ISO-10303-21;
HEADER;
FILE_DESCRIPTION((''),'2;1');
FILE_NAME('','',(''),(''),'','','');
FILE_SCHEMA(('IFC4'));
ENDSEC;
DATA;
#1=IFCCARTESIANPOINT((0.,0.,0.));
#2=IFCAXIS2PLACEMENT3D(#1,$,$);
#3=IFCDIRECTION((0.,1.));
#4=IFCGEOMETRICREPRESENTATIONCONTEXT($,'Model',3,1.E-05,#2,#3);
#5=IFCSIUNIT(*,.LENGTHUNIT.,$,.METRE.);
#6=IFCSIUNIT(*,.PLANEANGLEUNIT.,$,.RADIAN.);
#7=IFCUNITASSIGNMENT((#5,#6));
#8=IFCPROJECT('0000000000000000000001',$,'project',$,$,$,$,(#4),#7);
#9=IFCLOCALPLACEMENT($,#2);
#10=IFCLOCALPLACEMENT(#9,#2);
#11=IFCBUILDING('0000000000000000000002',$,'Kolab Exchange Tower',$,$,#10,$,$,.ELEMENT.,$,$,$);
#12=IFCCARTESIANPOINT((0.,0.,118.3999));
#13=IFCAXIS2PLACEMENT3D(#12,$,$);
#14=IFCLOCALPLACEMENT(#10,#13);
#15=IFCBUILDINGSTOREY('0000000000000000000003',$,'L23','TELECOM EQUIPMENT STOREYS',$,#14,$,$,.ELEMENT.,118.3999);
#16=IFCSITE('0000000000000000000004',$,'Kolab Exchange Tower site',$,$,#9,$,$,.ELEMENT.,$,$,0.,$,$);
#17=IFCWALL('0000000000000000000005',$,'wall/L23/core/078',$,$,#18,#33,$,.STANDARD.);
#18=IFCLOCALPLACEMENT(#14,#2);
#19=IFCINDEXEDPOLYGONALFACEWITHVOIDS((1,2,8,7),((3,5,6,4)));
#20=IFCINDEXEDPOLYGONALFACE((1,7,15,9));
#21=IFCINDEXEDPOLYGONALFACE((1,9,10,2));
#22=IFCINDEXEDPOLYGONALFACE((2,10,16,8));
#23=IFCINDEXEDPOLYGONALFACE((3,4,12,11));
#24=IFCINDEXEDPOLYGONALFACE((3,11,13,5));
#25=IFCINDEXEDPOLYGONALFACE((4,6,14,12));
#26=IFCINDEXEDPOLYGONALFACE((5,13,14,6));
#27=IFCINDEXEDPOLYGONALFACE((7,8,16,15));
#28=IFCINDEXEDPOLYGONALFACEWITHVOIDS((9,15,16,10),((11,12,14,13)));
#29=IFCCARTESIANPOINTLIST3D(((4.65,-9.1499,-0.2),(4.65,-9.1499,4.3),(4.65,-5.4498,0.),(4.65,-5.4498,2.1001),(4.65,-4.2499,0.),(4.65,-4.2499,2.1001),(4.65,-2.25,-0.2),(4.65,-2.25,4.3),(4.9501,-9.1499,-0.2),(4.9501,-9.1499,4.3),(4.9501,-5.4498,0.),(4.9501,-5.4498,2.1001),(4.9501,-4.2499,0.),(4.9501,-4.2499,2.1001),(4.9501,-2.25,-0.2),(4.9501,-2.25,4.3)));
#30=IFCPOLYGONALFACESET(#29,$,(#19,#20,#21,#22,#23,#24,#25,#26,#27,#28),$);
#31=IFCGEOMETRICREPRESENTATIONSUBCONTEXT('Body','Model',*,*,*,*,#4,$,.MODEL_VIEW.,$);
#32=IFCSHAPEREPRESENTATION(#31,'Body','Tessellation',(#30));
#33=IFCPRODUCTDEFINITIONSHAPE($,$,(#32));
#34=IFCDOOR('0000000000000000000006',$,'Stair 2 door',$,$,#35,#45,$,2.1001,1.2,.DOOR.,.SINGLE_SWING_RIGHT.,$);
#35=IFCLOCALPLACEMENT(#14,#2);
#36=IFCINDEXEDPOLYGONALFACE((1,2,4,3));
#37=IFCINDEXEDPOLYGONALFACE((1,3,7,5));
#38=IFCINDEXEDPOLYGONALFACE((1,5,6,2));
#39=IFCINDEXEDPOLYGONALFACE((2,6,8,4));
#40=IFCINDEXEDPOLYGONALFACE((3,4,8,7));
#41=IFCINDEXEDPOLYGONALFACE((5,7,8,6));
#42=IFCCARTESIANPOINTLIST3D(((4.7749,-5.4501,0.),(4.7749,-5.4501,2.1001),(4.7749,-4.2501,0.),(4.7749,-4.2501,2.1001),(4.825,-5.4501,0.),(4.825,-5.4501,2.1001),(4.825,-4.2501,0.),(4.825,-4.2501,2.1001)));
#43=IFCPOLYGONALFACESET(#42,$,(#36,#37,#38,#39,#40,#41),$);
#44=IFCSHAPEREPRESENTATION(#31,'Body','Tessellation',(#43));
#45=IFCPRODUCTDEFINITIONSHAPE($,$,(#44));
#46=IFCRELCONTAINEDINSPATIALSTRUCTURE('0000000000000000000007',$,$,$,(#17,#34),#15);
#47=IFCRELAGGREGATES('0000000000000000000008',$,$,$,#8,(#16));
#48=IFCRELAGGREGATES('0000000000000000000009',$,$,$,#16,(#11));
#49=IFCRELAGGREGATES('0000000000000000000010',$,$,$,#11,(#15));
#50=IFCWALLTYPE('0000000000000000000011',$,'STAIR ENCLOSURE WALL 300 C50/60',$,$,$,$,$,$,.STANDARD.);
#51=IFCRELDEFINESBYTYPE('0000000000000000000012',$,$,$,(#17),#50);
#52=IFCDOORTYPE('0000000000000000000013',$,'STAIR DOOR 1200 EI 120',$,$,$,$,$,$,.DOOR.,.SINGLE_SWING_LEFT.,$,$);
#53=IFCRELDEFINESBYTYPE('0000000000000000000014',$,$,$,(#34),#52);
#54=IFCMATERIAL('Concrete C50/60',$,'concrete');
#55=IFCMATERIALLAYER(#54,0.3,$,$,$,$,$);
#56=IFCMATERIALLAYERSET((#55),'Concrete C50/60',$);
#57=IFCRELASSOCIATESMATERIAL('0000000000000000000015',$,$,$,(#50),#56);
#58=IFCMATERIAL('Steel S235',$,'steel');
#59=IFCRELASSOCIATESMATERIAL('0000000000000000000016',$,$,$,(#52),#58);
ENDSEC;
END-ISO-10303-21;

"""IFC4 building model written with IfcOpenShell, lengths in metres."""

from ifc_helpers import new_model, si_unit, direction, frame, frame_2d, origin, place, context, subcontext, project, spatial, rectangle, extrude, material, layer, layer_set, type_object, element, fill, save


model = new_model("IFC4")

# Units and contexts
model_context = context("Model", 3, precision=1e-05, world=origin(), true_north=direction((0.0, 1.0)))
body_context = subcontext(model_context, "Body", "Model", "MODEL_VIEW")
ifc_project = project(units=[si_unit("LENGTHUNIT", "METRE"), si_unit("PLANEANGLEUNIT", "RADIAN")], contexts=[model_context])

# Site, building, storey
site_placement = place(None, origin())
site = spatial("IfcSite", under=ifc_project, at=site_placement, Name="Kolab Exchange Tower site", CompositionType="ELEMENT", RefElevation=0.0)
building_placement = place(site_placement, origin())
building = spatial("IfcBuilding", under=site, at=building_placement, Name="Kolab Exchange Tower", CompositionType="ELEMENT")
storey_placement = place(building_placement, frame((0.0, 0.0, 118.3999)))
storey = spatial("IfcBuildingStorey", under=building, at=storey_placement, Name="L23", Description="TELECOM EQUIPMENT STOREYS", CompositionType="ELEMENT", Elevation=118.3999)

# Shared definitions
ifc_material_1 = material(Name="Steel S235", Category="steel")

# Shared definitions
ifc_material_2 = material(Name="Concrete C50/60", Category="concrete")
ifc_layer_1 = layer(ifc_material_2, 0.3)
ifc_layer_set_1 = layer_set([ifc_layer_1], Name="Concrete C50/60")
wall_type_1 = type_object("IfcWallType", Name="STAIR ENCLOSURE WALL 300 C50/60", PredefinedType="STANDARD", material=ifc_layer_set_1)

# Wall, opening, door
wall_1_placement = place(storey_placement, frame((4.8, -9.1499, -0.2), z_axis=(0.0, 0.0, 1.0), x_axis=(0.0, 1.0, 0.0)))
wall_1 = element("IfcWall", 1, at=wall_1_placement, inside=storey, type_object=wall_type_1, Name="wall/L23/core/078", PredefinedType="STANDARD", context=body_context, shape_type="SweptSolid", body=[
    extrude(rectangle(XDim=6.8999, YDim=0.3, at=frame_2d((3.45, 0.0))), origin(), (0.0, 0.0, 1.0), 4.5),
])
opening_1_placement = place(wall_1_placement, frame((3.7, 0.0, 0.2)))
opening_1 = element("IfcOpeningElement", 2, at=opening_1_placement, cuts=wall_1, PredefinedType="OPENING", context=body_context, shape_type="SweptSolid", body=[
    extrude(rectangle(XDim=1.2, YDim=2.1001, at=frame_2d((0.6001, 1.05))), frame((0.0, 0.1602, 0.0), z_axis=(0.0, -1.0, 0.0), x_axis=(1.0, 0.0, 0.0)), (0.0, 0.0, 1.0), 0.3201),
])
door_type_1 = type_object("IfcDoorType", Name="STAIR DOOR 1200 EI 120", OperationType="SINGLE_SWING_LEFT", PredefinedType="DOOR", material=ifc_material_1)
door_1_placement = place(opening_1_placement, frame((1.2, 0.0, 0.0), z_axis=(0.0, 0.0, 1.0), x_axis=(-1.0, 0.0, 0.0)))
door_1 = element("IfcDoor", 3, at=door_1_placement, inside=storey, type_object=door_type_1, Name="Stair 2 door", OperationType="SINGLE_SWING_RIGHT", OverallHeight=2.1001, OverallWidth=1.2, PredefinedType="DOOR", context=body_context, shape_type="SweptSolid", body=[
    extrude(rectangle(XDim=1.2, YDim=2.1001, at=frame_2d((0.6001, 1.05))), frame((0.0, 0.0249, 0.0), z_axis=(0.0, -1.0, 0.0), x_axis=(1.0, 0.0, 0.0)), (0.0, 0.0, 1.0), 0.05),
])
fill(opening_1, door_1)

save(model, "model.ifc")
